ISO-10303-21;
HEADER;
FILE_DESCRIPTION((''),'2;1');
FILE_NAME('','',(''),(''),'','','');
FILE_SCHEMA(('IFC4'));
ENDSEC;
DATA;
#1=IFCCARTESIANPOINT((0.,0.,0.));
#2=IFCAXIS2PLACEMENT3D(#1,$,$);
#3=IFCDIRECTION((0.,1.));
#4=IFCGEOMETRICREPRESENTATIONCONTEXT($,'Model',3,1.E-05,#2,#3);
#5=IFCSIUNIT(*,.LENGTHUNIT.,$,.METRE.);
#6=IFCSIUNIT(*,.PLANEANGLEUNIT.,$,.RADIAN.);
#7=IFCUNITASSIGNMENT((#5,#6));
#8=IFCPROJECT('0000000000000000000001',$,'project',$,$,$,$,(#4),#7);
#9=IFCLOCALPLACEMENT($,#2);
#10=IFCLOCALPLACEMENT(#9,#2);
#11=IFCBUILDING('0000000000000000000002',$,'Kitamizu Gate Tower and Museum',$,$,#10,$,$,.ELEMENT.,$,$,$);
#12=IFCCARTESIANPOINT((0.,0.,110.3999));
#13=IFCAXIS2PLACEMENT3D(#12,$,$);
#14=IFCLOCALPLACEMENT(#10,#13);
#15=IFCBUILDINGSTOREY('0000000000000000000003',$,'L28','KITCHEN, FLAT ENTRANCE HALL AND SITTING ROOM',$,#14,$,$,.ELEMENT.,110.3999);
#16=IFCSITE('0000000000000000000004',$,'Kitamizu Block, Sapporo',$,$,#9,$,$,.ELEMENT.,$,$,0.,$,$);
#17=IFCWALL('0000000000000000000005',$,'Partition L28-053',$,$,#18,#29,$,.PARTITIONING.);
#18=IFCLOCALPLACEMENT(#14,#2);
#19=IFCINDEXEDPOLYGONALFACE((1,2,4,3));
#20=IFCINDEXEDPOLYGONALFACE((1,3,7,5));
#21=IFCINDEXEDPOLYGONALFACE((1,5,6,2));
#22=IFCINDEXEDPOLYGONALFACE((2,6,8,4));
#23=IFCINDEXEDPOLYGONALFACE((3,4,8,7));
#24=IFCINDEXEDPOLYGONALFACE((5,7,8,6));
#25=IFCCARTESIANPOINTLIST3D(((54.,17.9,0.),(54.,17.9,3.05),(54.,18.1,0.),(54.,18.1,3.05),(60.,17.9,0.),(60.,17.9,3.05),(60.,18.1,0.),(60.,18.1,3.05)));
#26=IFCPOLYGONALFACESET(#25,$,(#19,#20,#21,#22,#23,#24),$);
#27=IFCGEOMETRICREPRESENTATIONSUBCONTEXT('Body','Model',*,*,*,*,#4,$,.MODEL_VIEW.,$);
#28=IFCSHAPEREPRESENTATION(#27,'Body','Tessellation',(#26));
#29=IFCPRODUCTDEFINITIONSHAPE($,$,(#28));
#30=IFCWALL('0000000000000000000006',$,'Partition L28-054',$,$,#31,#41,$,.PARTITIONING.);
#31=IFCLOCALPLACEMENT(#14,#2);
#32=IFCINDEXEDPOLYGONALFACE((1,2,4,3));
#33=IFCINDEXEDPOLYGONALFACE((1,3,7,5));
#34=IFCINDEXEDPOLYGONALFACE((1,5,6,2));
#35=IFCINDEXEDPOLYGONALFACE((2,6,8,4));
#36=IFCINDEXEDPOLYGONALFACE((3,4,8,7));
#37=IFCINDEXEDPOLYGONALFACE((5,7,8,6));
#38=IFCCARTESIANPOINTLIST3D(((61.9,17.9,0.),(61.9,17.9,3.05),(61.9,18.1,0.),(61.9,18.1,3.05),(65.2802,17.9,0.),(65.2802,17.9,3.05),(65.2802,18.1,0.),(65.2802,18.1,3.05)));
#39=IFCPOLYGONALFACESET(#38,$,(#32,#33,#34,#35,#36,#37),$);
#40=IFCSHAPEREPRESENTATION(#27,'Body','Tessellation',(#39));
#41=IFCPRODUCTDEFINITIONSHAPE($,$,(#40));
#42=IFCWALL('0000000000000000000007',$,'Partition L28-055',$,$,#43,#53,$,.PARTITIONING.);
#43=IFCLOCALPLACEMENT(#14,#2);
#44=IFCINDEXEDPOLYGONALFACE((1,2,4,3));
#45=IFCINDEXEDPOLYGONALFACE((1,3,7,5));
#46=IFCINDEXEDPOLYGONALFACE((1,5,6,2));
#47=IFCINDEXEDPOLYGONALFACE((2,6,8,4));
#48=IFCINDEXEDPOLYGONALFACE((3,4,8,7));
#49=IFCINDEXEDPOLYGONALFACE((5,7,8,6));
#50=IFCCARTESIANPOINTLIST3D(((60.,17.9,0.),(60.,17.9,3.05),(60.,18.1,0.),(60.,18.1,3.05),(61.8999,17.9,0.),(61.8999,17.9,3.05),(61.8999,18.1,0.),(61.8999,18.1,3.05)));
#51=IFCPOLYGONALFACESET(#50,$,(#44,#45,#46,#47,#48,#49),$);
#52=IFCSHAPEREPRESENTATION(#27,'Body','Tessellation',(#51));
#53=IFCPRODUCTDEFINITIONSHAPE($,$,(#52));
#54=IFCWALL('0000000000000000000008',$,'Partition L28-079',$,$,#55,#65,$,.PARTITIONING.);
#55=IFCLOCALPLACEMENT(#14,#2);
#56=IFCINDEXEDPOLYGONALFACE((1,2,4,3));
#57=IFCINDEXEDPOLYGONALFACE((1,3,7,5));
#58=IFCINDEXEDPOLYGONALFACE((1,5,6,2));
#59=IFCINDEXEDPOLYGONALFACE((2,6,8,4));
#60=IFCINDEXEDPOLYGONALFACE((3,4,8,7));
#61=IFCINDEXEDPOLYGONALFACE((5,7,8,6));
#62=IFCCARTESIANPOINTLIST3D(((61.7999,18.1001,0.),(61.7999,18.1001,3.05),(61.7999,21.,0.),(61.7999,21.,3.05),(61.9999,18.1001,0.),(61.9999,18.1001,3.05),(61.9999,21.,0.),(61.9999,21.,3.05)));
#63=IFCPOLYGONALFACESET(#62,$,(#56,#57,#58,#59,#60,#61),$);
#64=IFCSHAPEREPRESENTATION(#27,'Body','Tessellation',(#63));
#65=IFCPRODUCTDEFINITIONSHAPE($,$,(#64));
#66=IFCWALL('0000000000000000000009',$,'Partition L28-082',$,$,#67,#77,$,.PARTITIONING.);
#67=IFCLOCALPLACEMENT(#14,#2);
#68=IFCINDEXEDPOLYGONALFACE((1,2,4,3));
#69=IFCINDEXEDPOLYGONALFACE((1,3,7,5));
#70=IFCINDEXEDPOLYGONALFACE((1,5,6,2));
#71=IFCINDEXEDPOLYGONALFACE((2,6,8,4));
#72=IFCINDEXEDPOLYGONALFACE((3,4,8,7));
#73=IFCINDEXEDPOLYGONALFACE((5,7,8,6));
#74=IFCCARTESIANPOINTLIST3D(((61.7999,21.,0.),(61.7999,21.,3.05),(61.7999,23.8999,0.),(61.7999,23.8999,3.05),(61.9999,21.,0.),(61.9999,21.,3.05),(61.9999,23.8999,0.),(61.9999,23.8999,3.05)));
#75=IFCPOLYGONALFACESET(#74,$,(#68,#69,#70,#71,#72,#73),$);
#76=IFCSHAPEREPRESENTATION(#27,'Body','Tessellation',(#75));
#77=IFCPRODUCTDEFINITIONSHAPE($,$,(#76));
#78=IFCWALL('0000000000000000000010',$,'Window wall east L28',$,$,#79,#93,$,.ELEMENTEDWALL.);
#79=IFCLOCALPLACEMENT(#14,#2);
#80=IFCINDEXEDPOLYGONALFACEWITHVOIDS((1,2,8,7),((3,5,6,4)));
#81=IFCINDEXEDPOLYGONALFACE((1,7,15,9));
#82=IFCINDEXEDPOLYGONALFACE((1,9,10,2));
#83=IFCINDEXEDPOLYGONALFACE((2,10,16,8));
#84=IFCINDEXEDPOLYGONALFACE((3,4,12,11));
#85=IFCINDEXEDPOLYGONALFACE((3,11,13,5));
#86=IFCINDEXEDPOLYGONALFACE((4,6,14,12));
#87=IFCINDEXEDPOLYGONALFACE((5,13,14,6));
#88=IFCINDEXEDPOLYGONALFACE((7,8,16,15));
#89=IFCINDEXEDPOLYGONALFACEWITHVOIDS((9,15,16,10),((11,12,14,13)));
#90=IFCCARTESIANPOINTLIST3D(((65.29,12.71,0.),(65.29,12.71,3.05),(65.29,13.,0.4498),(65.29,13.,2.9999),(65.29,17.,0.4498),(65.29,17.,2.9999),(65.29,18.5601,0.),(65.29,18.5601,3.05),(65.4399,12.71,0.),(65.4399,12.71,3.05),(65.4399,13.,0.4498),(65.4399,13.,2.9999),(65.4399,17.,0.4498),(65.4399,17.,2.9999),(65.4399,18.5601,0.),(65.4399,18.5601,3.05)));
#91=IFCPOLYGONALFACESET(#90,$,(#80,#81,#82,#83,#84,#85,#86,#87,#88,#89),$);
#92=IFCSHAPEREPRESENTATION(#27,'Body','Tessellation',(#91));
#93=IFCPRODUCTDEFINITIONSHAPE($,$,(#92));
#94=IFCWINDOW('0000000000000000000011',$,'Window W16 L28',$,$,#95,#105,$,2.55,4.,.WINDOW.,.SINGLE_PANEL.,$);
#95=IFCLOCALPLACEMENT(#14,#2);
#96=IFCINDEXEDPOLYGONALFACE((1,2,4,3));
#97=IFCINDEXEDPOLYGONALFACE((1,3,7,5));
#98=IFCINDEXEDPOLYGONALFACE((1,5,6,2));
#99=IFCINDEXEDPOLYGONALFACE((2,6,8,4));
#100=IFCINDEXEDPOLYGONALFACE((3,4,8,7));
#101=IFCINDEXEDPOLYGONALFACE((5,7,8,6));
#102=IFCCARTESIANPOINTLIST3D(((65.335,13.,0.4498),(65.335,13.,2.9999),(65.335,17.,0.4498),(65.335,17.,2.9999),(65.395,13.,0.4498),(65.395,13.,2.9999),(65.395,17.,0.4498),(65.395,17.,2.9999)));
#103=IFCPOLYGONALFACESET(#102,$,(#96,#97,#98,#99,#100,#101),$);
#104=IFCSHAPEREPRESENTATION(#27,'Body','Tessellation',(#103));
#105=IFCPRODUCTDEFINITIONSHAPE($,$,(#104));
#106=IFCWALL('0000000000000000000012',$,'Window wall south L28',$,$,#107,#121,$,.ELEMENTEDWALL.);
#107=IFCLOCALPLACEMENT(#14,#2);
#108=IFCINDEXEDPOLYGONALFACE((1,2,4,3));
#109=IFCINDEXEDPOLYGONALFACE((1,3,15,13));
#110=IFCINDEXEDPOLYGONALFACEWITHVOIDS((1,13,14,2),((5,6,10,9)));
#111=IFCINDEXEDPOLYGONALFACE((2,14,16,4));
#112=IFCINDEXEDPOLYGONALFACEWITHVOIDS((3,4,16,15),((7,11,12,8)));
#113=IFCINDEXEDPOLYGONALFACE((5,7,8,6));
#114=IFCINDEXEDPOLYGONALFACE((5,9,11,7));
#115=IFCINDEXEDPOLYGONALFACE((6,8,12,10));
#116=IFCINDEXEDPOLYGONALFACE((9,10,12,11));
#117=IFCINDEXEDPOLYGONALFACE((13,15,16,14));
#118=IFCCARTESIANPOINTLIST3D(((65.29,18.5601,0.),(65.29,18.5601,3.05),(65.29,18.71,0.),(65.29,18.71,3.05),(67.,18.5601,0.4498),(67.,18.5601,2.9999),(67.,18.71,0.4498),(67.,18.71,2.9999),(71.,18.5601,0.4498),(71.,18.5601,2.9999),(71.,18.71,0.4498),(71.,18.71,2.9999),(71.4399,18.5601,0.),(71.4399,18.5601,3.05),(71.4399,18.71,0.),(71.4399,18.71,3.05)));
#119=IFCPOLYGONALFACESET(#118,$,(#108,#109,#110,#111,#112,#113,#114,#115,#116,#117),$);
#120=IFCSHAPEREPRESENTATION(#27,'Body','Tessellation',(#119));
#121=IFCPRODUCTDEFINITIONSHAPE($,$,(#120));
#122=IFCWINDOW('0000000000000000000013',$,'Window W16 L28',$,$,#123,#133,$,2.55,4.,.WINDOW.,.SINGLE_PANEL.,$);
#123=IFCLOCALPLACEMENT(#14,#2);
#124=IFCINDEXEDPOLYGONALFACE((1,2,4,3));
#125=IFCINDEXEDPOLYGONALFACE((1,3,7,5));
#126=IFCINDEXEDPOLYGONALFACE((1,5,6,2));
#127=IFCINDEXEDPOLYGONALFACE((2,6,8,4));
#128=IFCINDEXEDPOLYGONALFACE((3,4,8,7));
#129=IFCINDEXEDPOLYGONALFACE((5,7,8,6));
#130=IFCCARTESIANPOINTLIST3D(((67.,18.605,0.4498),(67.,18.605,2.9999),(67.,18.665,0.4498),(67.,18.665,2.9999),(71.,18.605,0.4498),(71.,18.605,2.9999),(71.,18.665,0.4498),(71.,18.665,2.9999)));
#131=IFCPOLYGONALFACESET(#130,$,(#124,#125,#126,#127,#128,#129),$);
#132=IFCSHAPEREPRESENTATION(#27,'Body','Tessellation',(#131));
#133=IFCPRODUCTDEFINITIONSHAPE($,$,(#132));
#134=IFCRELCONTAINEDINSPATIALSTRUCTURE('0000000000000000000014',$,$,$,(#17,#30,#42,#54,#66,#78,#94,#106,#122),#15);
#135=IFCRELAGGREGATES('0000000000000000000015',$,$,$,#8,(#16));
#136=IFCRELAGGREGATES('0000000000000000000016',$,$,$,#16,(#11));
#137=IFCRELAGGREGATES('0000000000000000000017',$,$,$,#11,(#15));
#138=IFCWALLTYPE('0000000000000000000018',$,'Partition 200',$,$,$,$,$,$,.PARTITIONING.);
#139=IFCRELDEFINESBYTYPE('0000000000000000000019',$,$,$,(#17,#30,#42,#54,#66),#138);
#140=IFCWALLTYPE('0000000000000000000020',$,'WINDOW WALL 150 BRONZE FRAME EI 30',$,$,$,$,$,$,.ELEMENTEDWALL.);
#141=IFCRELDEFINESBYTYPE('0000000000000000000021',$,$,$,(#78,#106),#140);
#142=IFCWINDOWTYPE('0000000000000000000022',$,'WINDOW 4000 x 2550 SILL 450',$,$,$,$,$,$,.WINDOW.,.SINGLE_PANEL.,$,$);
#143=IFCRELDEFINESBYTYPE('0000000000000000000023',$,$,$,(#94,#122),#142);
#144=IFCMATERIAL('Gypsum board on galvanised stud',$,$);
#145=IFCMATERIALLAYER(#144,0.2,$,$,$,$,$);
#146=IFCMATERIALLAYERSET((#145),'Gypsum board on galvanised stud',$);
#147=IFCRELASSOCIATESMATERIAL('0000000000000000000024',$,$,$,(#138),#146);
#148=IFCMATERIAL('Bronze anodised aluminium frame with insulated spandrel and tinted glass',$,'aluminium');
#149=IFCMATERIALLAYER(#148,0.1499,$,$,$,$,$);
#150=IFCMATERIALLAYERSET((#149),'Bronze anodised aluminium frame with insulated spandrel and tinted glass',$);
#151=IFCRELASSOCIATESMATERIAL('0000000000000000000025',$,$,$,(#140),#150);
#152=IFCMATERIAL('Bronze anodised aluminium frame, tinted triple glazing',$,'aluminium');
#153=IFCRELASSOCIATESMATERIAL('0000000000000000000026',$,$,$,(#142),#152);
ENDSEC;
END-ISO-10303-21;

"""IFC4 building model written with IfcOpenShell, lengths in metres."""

from ifc_helpers import new_model, si_unit, direction, frame, frame_2d, origin, place, context, subcontext, project, spatial, rectangle, extrude, material, layer, layer_set, type_object, element, fill, save


model = new_model("IFC4")

# Units and contexts
model_context = context("Model", 3, precision=1e-05, world=origin(), true_north=direction((0.0, 1.0)))
body_context = subcontext(model_context, "Body", "Model", "MODEL_VIEW")
ifc_project = project(units=[si_unit("LENGTHUNIT", "METRE"), si_unit("PLANEANGLEUNIT", "RADIAN")], contexts=[model_context])

# Site, building, storey
site_placement = place(None, origin())
site = spatial("IfcSite", under=ifc_project, at=site_placement, Name="Kitamizu Block, Sapporo", CompositionType="ELEMENT", RefElevation=0.0)
building_placement = place(site_placement, origin())
building = spatial("IfcBuilding", under=site, at=building_placement, Name="Kitamizu Gate Tower and Museum", CompositionType="ELEMENT")
storey_placement = place(building_placement, frame((0.0, 0.0, 110.3999)))
storey = spatial("IfcBuildingStorey", under=building, at=storey_placement, Name="L28", Description="KITCHEN, FLAT ENTRANCE HALL AND SITTING ROOM", CompositionType="ELEMENT", Elevation=110.3999)

# Walls
ifc_material_1 = material(Name="Gypsum board on galvanised stud")
ifc_layer_1 = layer(ifc_material_1, 0.2)
ifc_layer_set_1 = layer_set([ifc_layer_1], Name="Gypsum board on galvanised stud")
wall_type_1 = type_object("IfcWallType", Name="Partition 200", PredefinedType="PARTITIONING", material=ifc_layer_set_1)
wall_1_placement = place(storey_placement, frame((60.0, 18.0, 0.0), z_axis=(0.0, 0.0, 1.0), x_axis=(-1.0, 0.0, 0.0)))
element("IfcWall", 1, at=wall_1_placement, inside=storey, type_object=wall_type_1, Name="Partition L28-053", PredefinedType="PARTITIONING", context=body_context, shape_type="SweptSolid", body=[
    extrude(rectangle(XDim=6.0, YDim=0.2, at=frame_2d((3.0, 0.0))), origin(), (0.0, 0.0, 1.0), 3.05),
])
wall_2_placement = place(storey_placement, frame((65.28, 18.0, 0.0), z_axis=(0.0, 0.0, 1.0), x_axis=(-1.0, 0.0, 0.0)))
element("IfcWall", 2, at=wall_2_placement, inside=storey, type_object=wall_type_1, Name="Partition L28-054", PredefinedType="PARTITIONING", context=body_context, shape_type="SweptSolid", body=[
    extrude(rectangle(XDim=3.3801, YDim=0.2, at=frame_2d((1.6899, 0.0))), origin(), (0.0, 0.0, 1.0), 3.05),
])
wall_3_placement = place(storey_placement, frame((61.8999, 18.0, 0.0), z_axis=(0.0, 0.0, 1.0), x_axis=(-1.0, 0.0, 0.0)))
element("IfcWall", 3, at=wall_3_placement, inside=storey, type_object=wall_type_1, Name="Partition L28-055", PredefinedType="PARTITIONING", context=body_context, shape_type="SweptSolid", body=[
    extrude(rectangle(XDim=1.8999, YDim=0.2, at=frame_2d((0.95, 0.0))), origin(), (0.0, 0.0, 1.0), 3.05),
])
for number, where, z_axis, x_axis, name in (
    (4, (61.8999, 21.0, 0.0), (0.0, 0.0, 1.0), (0.0, -1.0, 0.0), "Partition L28-079"),
    (5, (61.8999, 23.8999, 0.0), (0.0, 0.0, 1.0), (0.0, -1.0, 0.0), "Partition L28-082"),
):
    element("IfcWall", number, at=place(storey_placement, frame(where, z_axis=z_axis, x_axis=x_axis)), inside=storey, type_object=wall_type_1, Name=name, PredefinedType="PARTITIONING", context=body_context, shape_type="SweptSolid", body=[
        extrude(rectangle(XDim=2.8999, YDim=0.2, at=frame_2d((1.45, 0.0))), origin(), (0.0, 0.0, 1.0), 3.05),
    ])

# Walls, openings, windows
ifc_material_2 = material(Name="Bronze anodised aluminium frame with insulated spandrel and tinted glass", Category="aluminium")
ifc_layer_2 = layer(ifc_material_2, 0.1499)
ifc_layer_set_2 = layer_set([ifc_layer_2], Name="Bronze anodised aluminium frame with insulated spandrel and tinted glass")
wall_type_2 = type_object("IfcWallType", Name="WINDOW WALL 150 BRONZE FRAME EI 30", PredefinedType="ELEMENTEDWALL", material=ifc_layer_set_2)
wall_4_placement = place(storey_placement, frame((65.365, 12.71, 0.0), z_axis=(0.0, 0.0, 1.0), x_axis=(0.0, 1.0, 0.0)))
wall_4 = element("IfcWall", 6, at=wall_4_placement, inside=storey, type_object=wall_type_2, Name="Window wall east L28", PredefinedType="ELEMENTEDWALL", context=body_context, shape_type="SweptSolid", body=[
    extrude(rectangle(XDim=5.8501, YDim=0.1499, at=frame_2d((2.925, 0.0))), origin(), (0.0, 0.0, 1.0), 3.05),
])
opening_1_placement = place(wall_4_placement, frame((0.29, 0.0, 0.45)))
opening_1 = element("IfcOpeningElement", 7, at=opening_1_placement, cuts=wall_4, PredefinedType="OPENING", context=body_context, shape_type="SweptSolid", body=[
    extrude(rectangle(XDim=4.0, YDim=2.55, at=frame_2d((2.0, 1.2749))), frame((0.0, 0.085, 0.0), z_axis=(0.0, -1.0, 0.0), x_axis=(1.0, 0.0, 0.0)), (0.0, 0.0, 1.0), 0.1699),
])
ifc_material_3 = material(Name="Bronze anodised aluminium frame, tinted triple glazing", Category="aluminium")
window_type_1 = type_object("IfcWindowType", Name="WINDOW 4000 x 2550 SILL 450", PartitioningType="SINGLE_PANEL", PredefinedType="WINDOW", material=ifc_material_3)
window_1_placement = place(opening_1_placement, origin())
window_1 = element("IfcWindow", 8, at=window_1_placement, inside=storey, type_object=window_type_1, Name="Window W16 L28", OverallHeight=2.55, OverallWidth=4.0, PartitioningType="SINGLE_PANEL", PredefinedType="WINDOW", context=body_context, shape_type="SweptSolid", body=[
    extrude(rectangle(XDim=4.0, YDim=2.55, at=frame_2d((2.0, 1.2749))), frame((0.0, 0.03, 0.0), z_axis=(0.0, -1.0, 0.0), x_axis=(1.0, 0.0, 0.0)), (0.0, 0.0, 1.0), 0.0601),
])
fill(opening_1, window_1)
wall_5_placement = place(storey_placement, frame((65.29, 18.635, 0.0), z_axis=(0.0, 0.0, 1.0), x_axis=(1.0, 0.0, 0.0)))
wall_5 = element("IfcWall", 9, at=wall_5_placement, inside=storey, type_object=wall_type_2, Name="Window wall south L28", PredefinedType="ELEMENTEDWALL", context=body_context, shape_type="SweptSolid", body=[
    extrude(rectangle(XDim=6.1499, YDim=0.1499, at=frame_2d((3.075, 0.0))), origin(), (0.0, 0.0, 1.0), 3.05),
])
opening_2_placement = place(wall_5_placement, frame((1.71, 0.0, 0.45)))
opening_2 = element("IfcOpeningElement", 10, at=opening_2_placement, cuts=wall_5, PredefinedType="OPENING", context=body_context, shape_type="SweptSolid", body=[
    extrude(rectangle(XDim=4.0, YDim=2.55, at=frame_2d((2.0, 1.2749))), frame((0.0, 0.085, 0.0), z_axis=(0.0, -1.0, 0.0), x_axis=(1.0, 0.0, 0.0)), (0.0, 0.0, 1.0), 0.1699),
])
window_2_placement = place(opening_2_placement, origin())
window_2 = element("IfcWindow", 11, at=window_2_placement, inside=storey, type_object=window_type_1, Name="Window W16 L28", OverallHeight=2.55, OverallWidth=4.0, PartitioningType="SINGLE_PANEL", PredefinedType="WINDOW", context=body_context, shape_type="SweptSolid", body=[
    extrude(rectangle(XDim=4.0, YDim=2.55, at=frame_2d((2.0, 1.2749))), frame((0.0, 0.03, 0.0), z_axis=(0.0, -1.0, 0.0), x_axis=(1.0, 0.0, 0.0)), (0.0, 0.0, 1.0), 0.0601),
])
fill(opening_2, window_2)

save(model, "model.ifc")
